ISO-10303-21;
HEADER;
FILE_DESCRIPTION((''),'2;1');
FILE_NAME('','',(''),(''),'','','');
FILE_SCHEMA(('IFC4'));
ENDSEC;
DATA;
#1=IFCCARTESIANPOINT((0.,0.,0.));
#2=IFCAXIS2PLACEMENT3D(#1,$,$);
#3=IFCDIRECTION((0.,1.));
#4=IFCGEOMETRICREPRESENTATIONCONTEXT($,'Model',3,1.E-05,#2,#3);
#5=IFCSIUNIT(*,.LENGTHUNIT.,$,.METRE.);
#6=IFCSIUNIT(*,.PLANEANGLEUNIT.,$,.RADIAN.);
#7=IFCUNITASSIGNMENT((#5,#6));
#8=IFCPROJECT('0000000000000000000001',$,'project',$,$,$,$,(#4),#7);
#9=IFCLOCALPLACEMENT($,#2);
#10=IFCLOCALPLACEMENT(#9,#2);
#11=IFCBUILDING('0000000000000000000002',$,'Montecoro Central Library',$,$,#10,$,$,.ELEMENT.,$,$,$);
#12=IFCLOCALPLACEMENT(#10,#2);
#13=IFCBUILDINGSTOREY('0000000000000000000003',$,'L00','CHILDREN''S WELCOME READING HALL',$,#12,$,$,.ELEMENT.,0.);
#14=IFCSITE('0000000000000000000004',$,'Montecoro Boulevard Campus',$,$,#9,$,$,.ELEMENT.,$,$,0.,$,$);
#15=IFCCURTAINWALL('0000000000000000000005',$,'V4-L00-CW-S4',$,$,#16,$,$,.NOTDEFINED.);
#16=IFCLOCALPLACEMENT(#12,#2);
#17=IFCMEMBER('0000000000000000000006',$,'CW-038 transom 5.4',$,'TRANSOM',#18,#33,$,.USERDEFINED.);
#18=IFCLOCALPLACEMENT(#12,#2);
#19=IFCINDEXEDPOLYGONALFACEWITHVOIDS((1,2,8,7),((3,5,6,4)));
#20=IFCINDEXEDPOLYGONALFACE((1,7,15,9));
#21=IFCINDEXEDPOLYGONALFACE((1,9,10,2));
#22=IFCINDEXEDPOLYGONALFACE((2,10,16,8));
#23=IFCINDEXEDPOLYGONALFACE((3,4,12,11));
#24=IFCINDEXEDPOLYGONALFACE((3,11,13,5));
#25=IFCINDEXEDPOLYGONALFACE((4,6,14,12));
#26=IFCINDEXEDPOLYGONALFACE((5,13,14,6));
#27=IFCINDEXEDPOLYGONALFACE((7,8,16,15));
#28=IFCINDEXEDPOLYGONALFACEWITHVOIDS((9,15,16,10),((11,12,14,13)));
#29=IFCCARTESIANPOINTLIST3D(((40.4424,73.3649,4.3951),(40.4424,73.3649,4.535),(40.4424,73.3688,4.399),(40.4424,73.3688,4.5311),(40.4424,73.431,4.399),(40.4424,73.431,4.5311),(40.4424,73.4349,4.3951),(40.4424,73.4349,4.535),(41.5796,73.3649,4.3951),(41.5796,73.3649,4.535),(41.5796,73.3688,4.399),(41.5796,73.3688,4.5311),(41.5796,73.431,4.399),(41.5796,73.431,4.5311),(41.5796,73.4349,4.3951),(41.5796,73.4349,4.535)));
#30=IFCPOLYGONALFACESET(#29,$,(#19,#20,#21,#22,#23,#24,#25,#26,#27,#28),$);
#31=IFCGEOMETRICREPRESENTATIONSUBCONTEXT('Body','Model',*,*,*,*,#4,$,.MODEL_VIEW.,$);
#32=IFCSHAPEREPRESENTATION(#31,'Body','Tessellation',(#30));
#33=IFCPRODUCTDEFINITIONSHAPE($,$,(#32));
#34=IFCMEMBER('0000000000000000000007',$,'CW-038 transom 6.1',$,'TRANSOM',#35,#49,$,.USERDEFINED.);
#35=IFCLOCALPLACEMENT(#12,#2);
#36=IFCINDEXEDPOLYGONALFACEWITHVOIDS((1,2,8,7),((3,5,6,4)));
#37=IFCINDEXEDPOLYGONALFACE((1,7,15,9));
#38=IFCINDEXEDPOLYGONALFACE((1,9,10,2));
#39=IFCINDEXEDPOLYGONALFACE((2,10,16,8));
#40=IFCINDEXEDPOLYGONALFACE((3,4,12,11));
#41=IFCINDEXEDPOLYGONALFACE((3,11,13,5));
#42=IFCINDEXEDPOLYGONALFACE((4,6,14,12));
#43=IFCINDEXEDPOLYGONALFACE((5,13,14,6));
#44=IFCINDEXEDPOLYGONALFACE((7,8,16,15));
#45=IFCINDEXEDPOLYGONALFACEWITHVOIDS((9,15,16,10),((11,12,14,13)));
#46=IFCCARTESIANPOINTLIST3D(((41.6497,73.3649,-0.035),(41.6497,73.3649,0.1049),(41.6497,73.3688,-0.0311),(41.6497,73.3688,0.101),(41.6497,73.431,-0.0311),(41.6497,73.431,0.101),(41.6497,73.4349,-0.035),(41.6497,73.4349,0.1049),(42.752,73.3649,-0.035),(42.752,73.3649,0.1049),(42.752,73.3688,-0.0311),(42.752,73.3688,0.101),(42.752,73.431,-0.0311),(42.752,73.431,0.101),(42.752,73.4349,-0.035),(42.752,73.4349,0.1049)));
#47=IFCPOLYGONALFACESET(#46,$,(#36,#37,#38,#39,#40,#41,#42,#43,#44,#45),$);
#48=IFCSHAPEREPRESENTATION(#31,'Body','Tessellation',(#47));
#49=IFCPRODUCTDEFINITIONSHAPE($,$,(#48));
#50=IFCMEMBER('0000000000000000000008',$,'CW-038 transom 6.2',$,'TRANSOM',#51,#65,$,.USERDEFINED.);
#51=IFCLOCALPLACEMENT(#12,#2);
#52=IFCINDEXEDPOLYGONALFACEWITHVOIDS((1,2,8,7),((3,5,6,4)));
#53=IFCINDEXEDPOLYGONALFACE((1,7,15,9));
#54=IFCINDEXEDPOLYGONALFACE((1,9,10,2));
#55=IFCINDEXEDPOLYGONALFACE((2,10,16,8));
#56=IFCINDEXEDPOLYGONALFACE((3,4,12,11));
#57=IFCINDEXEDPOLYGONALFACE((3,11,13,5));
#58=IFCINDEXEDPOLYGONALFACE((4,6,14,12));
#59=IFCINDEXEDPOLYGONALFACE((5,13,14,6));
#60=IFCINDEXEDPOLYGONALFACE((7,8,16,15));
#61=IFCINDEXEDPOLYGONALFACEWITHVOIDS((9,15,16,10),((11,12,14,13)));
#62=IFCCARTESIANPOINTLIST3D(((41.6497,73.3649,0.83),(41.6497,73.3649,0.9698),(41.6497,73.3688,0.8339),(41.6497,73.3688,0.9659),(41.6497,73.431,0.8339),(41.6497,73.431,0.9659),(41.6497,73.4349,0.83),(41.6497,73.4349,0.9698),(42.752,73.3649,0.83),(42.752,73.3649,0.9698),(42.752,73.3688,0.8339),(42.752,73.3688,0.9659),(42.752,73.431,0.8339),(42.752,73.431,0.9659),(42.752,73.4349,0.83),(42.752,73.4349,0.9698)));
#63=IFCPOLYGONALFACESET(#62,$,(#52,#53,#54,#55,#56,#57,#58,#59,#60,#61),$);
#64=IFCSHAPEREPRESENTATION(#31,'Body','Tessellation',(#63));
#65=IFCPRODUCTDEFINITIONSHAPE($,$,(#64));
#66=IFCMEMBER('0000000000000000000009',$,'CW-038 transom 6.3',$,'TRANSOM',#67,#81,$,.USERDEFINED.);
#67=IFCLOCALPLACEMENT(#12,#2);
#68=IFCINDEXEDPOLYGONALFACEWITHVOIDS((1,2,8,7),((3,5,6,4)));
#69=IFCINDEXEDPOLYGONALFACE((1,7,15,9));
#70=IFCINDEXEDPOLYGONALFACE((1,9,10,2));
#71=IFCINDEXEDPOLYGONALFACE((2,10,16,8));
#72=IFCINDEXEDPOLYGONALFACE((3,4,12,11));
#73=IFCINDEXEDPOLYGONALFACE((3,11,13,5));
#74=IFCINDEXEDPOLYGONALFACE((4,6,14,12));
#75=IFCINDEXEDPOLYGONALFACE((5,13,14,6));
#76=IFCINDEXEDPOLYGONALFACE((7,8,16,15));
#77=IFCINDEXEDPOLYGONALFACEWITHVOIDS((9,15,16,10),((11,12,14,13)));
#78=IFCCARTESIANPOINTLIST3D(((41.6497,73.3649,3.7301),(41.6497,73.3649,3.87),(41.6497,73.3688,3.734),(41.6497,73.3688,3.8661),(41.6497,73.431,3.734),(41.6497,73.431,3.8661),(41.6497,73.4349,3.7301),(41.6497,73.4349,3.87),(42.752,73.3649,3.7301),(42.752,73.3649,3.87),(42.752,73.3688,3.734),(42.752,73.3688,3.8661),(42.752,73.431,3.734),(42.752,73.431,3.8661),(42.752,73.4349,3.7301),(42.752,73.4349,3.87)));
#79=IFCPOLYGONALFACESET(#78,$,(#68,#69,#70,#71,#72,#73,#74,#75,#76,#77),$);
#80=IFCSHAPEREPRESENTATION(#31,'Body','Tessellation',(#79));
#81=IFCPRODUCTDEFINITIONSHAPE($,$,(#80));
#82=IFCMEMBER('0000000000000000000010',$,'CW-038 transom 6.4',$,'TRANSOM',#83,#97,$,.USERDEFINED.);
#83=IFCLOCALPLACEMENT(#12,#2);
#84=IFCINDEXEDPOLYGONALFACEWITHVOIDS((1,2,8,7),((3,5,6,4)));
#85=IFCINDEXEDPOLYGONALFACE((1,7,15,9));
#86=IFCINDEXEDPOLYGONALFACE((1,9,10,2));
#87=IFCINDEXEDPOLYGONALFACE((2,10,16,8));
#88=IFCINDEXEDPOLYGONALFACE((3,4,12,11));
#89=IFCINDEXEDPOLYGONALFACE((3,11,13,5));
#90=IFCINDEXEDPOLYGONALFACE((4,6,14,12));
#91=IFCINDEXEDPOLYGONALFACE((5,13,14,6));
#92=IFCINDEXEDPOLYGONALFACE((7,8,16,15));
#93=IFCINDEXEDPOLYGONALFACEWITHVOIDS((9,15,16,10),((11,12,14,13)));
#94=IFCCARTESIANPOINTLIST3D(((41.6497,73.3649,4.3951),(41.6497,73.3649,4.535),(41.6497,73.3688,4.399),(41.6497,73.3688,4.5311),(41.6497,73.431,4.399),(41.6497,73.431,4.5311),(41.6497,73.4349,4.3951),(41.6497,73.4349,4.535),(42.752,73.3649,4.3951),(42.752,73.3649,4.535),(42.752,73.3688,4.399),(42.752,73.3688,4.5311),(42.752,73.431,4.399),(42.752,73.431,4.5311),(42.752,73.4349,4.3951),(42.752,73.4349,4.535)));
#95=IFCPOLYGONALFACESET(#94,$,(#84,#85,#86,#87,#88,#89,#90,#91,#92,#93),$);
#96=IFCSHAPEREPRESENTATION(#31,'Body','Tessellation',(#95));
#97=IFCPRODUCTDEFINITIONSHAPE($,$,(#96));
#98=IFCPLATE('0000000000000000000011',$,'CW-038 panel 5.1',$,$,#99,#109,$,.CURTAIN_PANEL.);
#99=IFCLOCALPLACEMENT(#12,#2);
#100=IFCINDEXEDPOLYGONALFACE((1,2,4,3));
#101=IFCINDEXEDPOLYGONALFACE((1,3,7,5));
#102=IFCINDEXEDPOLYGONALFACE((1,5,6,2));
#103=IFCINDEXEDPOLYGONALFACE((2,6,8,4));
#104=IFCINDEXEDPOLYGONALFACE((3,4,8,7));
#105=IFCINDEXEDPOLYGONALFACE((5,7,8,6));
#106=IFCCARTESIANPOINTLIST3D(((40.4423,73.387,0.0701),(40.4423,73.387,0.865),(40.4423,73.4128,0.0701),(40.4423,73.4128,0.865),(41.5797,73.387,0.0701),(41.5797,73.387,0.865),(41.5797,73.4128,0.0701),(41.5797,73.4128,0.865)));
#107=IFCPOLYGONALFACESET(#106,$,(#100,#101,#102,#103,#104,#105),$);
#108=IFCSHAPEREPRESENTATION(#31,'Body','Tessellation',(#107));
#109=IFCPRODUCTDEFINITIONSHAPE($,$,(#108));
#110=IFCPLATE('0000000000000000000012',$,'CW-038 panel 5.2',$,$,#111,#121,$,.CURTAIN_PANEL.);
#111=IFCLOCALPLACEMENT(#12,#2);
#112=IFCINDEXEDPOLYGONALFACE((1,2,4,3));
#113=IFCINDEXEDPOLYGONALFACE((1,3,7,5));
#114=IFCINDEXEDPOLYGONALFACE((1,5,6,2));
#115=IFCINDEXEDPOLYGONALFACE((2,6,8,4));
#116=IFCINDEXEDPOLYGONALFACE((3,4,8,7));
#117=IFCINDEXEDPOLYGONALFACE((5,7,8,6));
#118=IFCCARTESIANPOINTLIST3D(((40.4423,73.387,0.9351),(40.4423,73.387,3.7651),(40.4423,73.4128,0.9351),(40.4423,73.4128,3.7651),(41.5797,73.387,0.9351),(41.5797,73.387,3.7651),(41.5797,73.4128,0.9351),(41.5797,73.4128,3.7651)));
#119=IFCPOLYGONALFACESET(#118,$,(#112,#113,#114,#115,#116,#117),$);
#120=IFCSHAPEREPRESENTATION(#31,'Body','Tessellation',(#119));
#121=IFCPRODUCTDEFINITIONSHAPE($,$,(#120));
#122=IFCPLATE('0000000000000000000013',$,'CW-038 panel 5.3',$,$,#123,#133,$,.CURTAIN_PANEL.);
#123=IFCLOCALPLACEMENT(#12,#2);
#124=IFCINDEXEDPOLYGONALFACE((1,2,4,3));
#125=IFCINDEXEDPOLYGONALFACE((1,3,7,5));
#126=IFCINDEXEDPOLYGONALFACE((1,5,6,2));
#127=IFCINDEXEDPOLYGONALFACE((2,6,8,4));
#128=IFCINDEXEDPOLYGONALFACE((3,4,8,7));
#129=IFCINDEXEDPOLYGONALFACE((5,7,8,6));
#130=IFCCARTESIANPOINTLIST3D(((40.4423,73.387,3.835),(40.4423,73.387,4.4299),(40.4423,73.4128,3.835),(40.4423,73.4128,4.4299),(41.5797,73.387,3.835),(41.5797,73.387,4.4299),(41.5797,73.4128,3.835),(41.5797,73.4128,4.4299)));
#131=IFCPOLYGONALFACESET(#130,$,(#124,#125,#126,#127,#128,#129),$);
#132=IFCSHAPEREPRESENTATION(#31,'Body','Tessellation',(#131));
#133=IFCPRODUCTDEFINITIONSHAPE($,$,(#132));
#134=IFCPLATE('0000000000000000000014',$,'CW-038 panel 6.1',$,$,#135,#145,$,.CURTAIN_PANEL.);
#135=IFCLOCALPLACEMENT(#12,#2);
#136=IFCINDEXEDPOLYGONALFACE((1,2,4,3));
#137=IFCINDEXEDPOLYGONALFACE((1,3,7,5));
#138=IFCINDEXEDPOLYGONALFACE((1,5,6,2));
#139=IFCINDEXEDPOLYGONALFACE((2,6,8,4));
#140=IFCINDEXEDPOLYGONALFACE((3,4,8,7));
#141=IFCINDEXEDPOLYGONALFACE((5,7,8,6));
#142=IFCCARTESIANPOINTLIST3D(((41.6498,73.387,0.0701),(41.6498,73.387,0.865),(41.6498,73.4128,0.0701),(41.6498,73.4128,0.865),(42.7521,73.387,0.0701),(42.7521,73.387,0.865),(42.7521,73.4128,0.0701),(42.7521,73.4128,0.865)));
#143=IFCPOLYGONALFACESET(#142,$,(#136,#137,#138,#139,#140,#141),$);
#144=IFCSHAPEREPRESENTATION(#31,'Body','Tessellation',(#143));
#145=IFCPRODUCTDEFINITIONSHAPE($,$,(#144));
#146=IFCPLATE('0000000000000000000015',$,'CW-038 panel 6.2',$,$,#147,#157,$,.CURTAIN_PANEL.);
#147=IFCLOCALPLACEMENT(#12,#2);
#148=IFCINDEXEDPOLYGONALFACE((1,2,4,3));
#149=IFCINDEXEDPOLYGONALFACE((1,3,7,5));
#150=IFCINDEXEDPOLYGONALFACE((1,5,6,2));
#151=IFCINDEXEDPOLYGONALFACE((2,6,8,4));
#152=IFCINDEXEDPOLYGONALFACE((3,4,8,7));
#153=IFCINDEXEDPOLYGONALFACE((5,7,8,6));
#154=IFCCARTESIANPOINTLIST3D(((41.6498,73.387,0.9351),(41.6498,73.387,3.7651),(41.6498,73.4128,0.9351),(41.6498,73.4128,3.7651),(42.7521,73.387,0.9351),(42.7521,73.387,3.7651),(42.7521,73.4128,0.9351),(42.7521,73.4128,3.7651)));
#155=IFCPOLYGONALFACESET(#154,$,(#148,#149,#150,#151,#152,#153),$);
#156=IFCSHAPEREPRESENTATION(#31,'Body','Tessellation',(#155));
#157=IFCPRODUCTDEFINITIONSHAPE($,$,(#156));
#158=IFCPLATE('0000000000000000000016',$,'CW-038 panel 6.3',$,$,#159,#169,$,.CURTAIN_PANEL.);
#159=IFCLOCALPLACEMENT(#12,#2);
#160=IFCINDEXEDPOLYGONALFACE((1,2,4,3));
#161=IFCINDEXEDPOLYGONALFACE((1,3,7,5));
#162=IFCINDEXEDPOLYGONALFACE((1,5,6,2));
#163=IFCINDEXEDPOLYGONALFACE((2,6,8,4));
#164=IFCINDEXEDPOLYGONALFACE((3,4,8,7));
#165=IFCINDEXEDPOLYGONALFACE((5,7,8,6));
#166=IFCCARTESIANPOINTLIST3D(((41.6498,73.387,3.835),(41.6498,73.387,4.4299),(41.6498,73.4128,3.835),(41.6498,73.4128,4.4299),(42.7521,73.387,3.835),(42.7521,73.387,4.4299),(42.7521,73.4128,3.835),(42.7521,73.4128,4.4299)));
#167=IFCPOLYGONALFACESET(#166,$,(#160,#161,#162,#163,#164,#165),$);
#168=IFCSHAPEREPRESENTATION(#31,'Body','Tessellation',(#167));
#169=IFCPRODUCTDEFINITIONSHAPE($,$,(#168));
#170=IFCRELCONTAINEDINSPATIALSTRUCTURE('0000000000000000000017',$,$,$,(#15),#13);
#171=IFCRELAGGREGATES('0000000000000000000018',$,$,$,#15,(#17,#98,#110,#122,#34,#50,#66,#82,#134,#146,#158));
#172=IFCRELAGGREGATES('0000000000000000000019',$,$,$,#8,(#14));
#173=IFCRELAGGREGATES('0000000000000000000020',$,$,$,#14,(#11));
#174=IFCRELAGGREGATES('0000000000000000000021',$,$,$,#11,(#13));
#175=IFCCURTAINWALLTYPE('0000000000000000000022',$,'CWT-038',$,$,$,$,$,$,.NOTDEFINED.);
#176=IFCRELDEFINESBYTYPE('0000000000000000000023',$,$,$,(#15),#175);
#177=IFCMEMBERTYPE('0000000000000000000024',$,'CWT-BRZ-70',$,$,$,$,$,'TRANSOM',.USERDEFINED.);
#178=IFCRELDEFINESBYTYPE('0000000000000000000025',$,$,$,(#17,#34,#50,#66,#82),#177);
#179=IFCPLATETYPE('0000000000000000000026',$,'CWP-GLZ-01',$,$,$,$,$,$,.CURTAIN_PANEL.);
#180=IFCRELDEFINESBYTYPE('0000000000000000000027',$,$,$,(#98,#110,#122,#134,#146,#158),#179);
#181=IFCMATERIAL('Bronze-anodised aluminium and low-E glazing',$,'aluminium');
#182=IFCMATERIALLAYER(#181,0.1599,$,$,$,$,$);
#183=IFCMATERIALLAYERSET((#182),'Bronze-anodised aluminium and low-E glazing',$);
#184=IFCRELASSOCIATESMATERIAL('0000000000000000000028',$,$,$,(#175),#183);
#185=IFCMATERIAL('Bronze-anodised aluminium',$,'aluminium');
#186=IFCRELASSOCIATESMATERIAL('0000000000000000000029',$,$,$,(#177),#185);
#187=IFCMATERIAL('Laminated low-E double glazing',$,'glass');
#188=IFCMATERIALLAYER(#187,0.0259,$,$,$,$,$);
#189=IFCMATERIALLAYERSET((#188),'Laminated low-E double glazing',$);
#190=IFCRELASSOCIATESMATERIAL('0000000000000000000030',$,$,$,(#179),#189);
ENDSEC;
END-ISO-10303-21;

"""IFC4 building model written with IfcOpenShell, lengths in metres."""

from ifc_helpers import new_model, si_unit, direction, frame, origin, origin_2d, place, context, subcontext, project, spatial, rectangle, hollow_rectangle, extrude, material, layer, layer_set, material_profile, profile_set, type_object, element, aggregate, save


model = new_model("IFC4")

# Units and contexts
model_context = context("Model", 3, precision=1e-05, world=origin(), true_north=direction((0.0, 1.0)))
body_context = subcontext(model_context, "Body", "Model", "MODEL_VIEW")
ifc_project = project(units=[si_unit("LENGTHUNIT", "METRE"), si_unit("PLANEANGLEUNIT", "RADIAN")], contexts=[model_context])

# Site, building, storey
site_placement = place(None, origin())
site = spatial("IfcSite", under=ifc_project, at=site_placement, Name="Montecoro Boulevard Campus", CompositionType="ELEMENT", RefElevation=0.0)
building_placement = place(site_placement, origin())
building = spatial("IfcBuilding", under=site, at=building_placement, Name="Montecoro Central Library", CompositionType="ELEMENT")
storey_placement = place(building_placement, origin())
storey = spatial("IfcBuildingStorey", under=building, at=storey_placement, Name="L00", Description="CHILDREN'S WELCOME READING HALL", CompositionType="ELEMENT", Elevation=0.0)

# Curtain wall, members, plates
ifc_material_1 = material(Name="Bronze-anodised aluminium and low-E glazing", Category="aluminium")
ifc_layer_1 = layer(ifc_material_1, 0.1599)
ifc_layer_set_1 = layer_set([ifc_layer_1], Name="Bronze-anodised aluminium and low-E glazing")
curtain_wall_type = type_object("IfcCurtainWallType", Name="CWT-038", PredefinedType="NOTDEFINED", material=ifc_layer_set_1)
curtain_wall_placement = place(storey_placement, origin())
curtain_wall = element("IfcCurtainWall", 1, at=curtain_wall_placement, inside=storey, type_object=curtain_wall_type, Name="V4-L00-CW-S4", PredefinedType="NOTDEFINED")
ifc_material_2 = material(Name="Bronze-anodised aluminium", Category="aluminium")
ifc_material_profile_1 = material_profile(ifc_material_2, hollow_rectangle(XDim=0.0701, YDim=0.1399, WallThickness=0.0039, at=origin_2d()), Name="CWT 140x70x4.0")
ifc_profile_set_1 = profile_set([ifc_material_profile_1], Name="Bronze-anodised aluminium")
member_type_1 = type_object("IfcMemberType", Name="CWT-BRZ-70", ElementType="TRANSOM", PredefinedType="USERDEFINED", material=ifc_profile_set_1)
member_1_placement = place(storey_placement, frame((40.4424, 73.3999, 4.4651), z_axis=(1.0, 0.0, 0.0), x_axis=(0.0, 1.0, 0.0)))
member_1 = element("IfcMember", 2, at=member_1_placement, type_object=member_type_1, Name="CW-038 transom 5.4", ObjectType="TRANSOM", PredefinedType="USERDEFINED", context=body_context, shape_type="SweptSolid", body=[
    extrude(hollow_rectangle(XDim=0.0701, YDim=0.1399, WallThickness=0.0039, at=origin_2d()), origin(), (0.0, 0.0, 1.0), 1.1372),
])
member_2_placement = place(storey_placement, frame((41.6497, 73.3999, 0.0349), z_axis=(1.0, 0.0, 0.0), x_axis=(0.0, 1.0, 0.0)))
member_2 = element("IfcMember", 3, at=member_2_placement, type_object=member_type_1, Name="CW-038 transom 6.1", ObjectType="TRANSOM", PredefinedType="USERDEFINED", context=body_context, shape_type="SweptSolid", body=[
    extrude(hollow_rectangle(XDim=0.0701, YDim=0.1399, WallThickness=0.0039, at=origin_2d()), origin(), (0.0, 0.0, 1.0), 1.1023),
])
member_3_placement = place(storey_placement, frame((41.6497, 73.3999, 0.8999), z_axis=(1.0, 0.0, 0.0), x_axis=(0.0, 1.0, 0.0)))
member_3 = element("IfcMember", 4, at=member_3_placement, type_object=member_type_1, Name="CW-038 transom 6.2", ObjectType="TRANSOM", PredefinedType="USERDEFINED", context=body_context, shape_type="SweptSolid", body=[
    extrude(hollow_rectangle(XDim=0.0701, YDim=0.1399, WallThickness=0.0039, at=origin_2d()), origin(), (0.0, 0.0, 1.0), 1.1023),
])
member_4_placement = place(storey_placement, frame((41.6497, 73.3999, 3.8), z_axis=(1.0, 0.0, 0.0), x_axis=(0.0, 1.0, 0.0)))
member_4 = element("IfcMember", 5, at=member_4_placement, type_object=member_type_1, Name="CW-038 transom 6.3", ObjectType="TRANSOM", PredefinedType="USERDEFINED", context=body_context, shape_type="SweptSolid", body=[
    extrude(hollow_rectangle(XDim=0.0701, YDim=0.1399, WallThickness=0.0039, at=origin_2d()), origin(), (0.0, 0.0, 1.0), 1.1023),
])
member_5_placement = place(storey_placement, frame((41.6497, 73.3999, 4.4651), z_axis=(1.0, 0.0, 0.0), x_axis=(0.0, 1.0, 0.0)))
member_5 = element("IfcMember", 6, at=member_5_placement, type_object=member_type_1, Name="CW-038 transom 6.4", ObjectType="TRANSOM", PredefinedType="USERDEFINED", context=body_context, shape_type="SweptSolid", body=[
    extrude(hollow_rectangle(XDim=0.0701, YDim=0.1399, WallThickness=0.0039, at=origin_2d()), origin(), (0.0, 0.0, 1.0), 1.1023),
])
ifc_material_3 = material(Name="Laminated low-E double glazing", Category="glass")
ifc_layer_2 = layer(ifc_material_3, 0.0259)
ifc_layer_set_2 = layer_set([ifc_layer_2], Name="Laminated low-E double glazing")
plate_type = type_object("IfcPlateType", Name="CWP-GLZ-01", PredefinedType="CURTAIN_PANEL", material=ifc_layer_set_2)
plate_1_placement = place(storey_placement, frame((41.011, 73.3999, 0.0701), z_axis=(0.0, 0.0, 1.0), x_axis=(1.0, 0.0, 0.0)))
plate_1 = element("IfcPlate", 7, at=plate_1_placement, type_object=plate_type, Name="CW-038 panel 5.1", PredefinedType="CURTAIN_PANEL", context=body_context, shape_type="SweptSolid", body=[
    extrude(rectangle(XDim=1.1375, YDim=0.0259, at=origin_2d()), origin(), (0.0, 0.0, 1.0), 0.7949),
])
plate_2_placement = place(storey_placement, frame((41.011, 73.3999, 0.9351), z_axis=(0.0, 0.0, 1.0), x_axis=(1.0, 0.0, 0.0)))
plate_2 = element("IfcPlate", 8, at=plate_2_placement, type_object=plate_type, Name="CW-038 panel 5.2", PredefinedType="CURTAIN_PANEL", context=body_context, shape_type="SweptSolid", body=[
    extrude(rectangle(XDim=1.1375, YDim=0.0259, at=origin_2d()), origin(), (0.0, 0.0, 1.0), 2.8301),
])
plate_3_placement = place(storey_placement, frame((41.011, 73.3999, 3.835), z_axis=(0.0, 0.0, 1.0), x_axis=(1.0, 0.0, 0.0)))
plate_3 = element("IfcPlate", 9, at=plate_3_placement, type_object=plate_type, Name="CW-038 panel 5.3", PredefinedType="CURTAIN_PANEL", context=body_context, shape_type="SweptSolid", body=[
    extrude(rectangle(XDim=1.1375, YDim=0.0259, at=origin_2d()), origin(), (0.0, 0.0, 1.0), 0.595),
])
plate_4_placement = place(storey_placement, frame((42.2009, 73.3999, 0.0701), z_axis=(0.0, 0.0, 1.0), x_axis=(1.0, 0.0, 0.0)))
plate_4 = element("IfcPlate", 10, at=plate_4_placement, type_object=plate_type, Name="CW-038 panel 6.1", PredefinedType="CURTAIN_PANEL", context=body_context, shape_type="SweptSolid", body=[
    extrude(rectangle(XDim=1.1023, YDim=0.0259, at=origin_2d()), origin(), (0.0, 0.0, 1.0), 0.7949),
])
plate_5_placement = place(storey_placement, frame((42.2009, 73.3999, 0.9351), z_axis=(0.0, 0.0, 1.0), x_axis=(1.0, 0.0, 0.0)))
plate_5 = element("IfcPlate", 11, at=plate_5_placement, type_object=plate_type, Name="CW-038 panel 6.2", PredefinedType="CURTAIN_PANEL", context=body_context, shape_type="SweptSolid", body=[
    extrude(rectangle(XDim=1.1023, YDim=0.0259, at=origin_2d()), origin(), (0.0, 0.0, 1.0), 2.8301),
])
plate_6_placement = place(storey_placement, frame((42.2009, 73.3999, 3.835), z_axis=(0.0, 0.0, 1.0), x_axis=(1.0, 0.0, 0.0)))
plate_6 = element("IfcPlate", 12, at=plate_6_placement, type_object=plate_type, Name="CW-038 panel 6.3", PredefinedType="CURTAIN_PANEL", context=body_context, shape_type="SweptSolid", body=[
    extrude(rectangle(XDim=1.1023, YDim=0.0259, at=origin_2d()), origin(), (0.0, 0.0, 1.0), 0.595),
])
aggregate(curtain_wall, [member_1, plate_1, plate_2, plate_3, member_2, member_3, member_4, member_5, plate_4, plate_5, plate_6])

save(model, "model.ifc")
